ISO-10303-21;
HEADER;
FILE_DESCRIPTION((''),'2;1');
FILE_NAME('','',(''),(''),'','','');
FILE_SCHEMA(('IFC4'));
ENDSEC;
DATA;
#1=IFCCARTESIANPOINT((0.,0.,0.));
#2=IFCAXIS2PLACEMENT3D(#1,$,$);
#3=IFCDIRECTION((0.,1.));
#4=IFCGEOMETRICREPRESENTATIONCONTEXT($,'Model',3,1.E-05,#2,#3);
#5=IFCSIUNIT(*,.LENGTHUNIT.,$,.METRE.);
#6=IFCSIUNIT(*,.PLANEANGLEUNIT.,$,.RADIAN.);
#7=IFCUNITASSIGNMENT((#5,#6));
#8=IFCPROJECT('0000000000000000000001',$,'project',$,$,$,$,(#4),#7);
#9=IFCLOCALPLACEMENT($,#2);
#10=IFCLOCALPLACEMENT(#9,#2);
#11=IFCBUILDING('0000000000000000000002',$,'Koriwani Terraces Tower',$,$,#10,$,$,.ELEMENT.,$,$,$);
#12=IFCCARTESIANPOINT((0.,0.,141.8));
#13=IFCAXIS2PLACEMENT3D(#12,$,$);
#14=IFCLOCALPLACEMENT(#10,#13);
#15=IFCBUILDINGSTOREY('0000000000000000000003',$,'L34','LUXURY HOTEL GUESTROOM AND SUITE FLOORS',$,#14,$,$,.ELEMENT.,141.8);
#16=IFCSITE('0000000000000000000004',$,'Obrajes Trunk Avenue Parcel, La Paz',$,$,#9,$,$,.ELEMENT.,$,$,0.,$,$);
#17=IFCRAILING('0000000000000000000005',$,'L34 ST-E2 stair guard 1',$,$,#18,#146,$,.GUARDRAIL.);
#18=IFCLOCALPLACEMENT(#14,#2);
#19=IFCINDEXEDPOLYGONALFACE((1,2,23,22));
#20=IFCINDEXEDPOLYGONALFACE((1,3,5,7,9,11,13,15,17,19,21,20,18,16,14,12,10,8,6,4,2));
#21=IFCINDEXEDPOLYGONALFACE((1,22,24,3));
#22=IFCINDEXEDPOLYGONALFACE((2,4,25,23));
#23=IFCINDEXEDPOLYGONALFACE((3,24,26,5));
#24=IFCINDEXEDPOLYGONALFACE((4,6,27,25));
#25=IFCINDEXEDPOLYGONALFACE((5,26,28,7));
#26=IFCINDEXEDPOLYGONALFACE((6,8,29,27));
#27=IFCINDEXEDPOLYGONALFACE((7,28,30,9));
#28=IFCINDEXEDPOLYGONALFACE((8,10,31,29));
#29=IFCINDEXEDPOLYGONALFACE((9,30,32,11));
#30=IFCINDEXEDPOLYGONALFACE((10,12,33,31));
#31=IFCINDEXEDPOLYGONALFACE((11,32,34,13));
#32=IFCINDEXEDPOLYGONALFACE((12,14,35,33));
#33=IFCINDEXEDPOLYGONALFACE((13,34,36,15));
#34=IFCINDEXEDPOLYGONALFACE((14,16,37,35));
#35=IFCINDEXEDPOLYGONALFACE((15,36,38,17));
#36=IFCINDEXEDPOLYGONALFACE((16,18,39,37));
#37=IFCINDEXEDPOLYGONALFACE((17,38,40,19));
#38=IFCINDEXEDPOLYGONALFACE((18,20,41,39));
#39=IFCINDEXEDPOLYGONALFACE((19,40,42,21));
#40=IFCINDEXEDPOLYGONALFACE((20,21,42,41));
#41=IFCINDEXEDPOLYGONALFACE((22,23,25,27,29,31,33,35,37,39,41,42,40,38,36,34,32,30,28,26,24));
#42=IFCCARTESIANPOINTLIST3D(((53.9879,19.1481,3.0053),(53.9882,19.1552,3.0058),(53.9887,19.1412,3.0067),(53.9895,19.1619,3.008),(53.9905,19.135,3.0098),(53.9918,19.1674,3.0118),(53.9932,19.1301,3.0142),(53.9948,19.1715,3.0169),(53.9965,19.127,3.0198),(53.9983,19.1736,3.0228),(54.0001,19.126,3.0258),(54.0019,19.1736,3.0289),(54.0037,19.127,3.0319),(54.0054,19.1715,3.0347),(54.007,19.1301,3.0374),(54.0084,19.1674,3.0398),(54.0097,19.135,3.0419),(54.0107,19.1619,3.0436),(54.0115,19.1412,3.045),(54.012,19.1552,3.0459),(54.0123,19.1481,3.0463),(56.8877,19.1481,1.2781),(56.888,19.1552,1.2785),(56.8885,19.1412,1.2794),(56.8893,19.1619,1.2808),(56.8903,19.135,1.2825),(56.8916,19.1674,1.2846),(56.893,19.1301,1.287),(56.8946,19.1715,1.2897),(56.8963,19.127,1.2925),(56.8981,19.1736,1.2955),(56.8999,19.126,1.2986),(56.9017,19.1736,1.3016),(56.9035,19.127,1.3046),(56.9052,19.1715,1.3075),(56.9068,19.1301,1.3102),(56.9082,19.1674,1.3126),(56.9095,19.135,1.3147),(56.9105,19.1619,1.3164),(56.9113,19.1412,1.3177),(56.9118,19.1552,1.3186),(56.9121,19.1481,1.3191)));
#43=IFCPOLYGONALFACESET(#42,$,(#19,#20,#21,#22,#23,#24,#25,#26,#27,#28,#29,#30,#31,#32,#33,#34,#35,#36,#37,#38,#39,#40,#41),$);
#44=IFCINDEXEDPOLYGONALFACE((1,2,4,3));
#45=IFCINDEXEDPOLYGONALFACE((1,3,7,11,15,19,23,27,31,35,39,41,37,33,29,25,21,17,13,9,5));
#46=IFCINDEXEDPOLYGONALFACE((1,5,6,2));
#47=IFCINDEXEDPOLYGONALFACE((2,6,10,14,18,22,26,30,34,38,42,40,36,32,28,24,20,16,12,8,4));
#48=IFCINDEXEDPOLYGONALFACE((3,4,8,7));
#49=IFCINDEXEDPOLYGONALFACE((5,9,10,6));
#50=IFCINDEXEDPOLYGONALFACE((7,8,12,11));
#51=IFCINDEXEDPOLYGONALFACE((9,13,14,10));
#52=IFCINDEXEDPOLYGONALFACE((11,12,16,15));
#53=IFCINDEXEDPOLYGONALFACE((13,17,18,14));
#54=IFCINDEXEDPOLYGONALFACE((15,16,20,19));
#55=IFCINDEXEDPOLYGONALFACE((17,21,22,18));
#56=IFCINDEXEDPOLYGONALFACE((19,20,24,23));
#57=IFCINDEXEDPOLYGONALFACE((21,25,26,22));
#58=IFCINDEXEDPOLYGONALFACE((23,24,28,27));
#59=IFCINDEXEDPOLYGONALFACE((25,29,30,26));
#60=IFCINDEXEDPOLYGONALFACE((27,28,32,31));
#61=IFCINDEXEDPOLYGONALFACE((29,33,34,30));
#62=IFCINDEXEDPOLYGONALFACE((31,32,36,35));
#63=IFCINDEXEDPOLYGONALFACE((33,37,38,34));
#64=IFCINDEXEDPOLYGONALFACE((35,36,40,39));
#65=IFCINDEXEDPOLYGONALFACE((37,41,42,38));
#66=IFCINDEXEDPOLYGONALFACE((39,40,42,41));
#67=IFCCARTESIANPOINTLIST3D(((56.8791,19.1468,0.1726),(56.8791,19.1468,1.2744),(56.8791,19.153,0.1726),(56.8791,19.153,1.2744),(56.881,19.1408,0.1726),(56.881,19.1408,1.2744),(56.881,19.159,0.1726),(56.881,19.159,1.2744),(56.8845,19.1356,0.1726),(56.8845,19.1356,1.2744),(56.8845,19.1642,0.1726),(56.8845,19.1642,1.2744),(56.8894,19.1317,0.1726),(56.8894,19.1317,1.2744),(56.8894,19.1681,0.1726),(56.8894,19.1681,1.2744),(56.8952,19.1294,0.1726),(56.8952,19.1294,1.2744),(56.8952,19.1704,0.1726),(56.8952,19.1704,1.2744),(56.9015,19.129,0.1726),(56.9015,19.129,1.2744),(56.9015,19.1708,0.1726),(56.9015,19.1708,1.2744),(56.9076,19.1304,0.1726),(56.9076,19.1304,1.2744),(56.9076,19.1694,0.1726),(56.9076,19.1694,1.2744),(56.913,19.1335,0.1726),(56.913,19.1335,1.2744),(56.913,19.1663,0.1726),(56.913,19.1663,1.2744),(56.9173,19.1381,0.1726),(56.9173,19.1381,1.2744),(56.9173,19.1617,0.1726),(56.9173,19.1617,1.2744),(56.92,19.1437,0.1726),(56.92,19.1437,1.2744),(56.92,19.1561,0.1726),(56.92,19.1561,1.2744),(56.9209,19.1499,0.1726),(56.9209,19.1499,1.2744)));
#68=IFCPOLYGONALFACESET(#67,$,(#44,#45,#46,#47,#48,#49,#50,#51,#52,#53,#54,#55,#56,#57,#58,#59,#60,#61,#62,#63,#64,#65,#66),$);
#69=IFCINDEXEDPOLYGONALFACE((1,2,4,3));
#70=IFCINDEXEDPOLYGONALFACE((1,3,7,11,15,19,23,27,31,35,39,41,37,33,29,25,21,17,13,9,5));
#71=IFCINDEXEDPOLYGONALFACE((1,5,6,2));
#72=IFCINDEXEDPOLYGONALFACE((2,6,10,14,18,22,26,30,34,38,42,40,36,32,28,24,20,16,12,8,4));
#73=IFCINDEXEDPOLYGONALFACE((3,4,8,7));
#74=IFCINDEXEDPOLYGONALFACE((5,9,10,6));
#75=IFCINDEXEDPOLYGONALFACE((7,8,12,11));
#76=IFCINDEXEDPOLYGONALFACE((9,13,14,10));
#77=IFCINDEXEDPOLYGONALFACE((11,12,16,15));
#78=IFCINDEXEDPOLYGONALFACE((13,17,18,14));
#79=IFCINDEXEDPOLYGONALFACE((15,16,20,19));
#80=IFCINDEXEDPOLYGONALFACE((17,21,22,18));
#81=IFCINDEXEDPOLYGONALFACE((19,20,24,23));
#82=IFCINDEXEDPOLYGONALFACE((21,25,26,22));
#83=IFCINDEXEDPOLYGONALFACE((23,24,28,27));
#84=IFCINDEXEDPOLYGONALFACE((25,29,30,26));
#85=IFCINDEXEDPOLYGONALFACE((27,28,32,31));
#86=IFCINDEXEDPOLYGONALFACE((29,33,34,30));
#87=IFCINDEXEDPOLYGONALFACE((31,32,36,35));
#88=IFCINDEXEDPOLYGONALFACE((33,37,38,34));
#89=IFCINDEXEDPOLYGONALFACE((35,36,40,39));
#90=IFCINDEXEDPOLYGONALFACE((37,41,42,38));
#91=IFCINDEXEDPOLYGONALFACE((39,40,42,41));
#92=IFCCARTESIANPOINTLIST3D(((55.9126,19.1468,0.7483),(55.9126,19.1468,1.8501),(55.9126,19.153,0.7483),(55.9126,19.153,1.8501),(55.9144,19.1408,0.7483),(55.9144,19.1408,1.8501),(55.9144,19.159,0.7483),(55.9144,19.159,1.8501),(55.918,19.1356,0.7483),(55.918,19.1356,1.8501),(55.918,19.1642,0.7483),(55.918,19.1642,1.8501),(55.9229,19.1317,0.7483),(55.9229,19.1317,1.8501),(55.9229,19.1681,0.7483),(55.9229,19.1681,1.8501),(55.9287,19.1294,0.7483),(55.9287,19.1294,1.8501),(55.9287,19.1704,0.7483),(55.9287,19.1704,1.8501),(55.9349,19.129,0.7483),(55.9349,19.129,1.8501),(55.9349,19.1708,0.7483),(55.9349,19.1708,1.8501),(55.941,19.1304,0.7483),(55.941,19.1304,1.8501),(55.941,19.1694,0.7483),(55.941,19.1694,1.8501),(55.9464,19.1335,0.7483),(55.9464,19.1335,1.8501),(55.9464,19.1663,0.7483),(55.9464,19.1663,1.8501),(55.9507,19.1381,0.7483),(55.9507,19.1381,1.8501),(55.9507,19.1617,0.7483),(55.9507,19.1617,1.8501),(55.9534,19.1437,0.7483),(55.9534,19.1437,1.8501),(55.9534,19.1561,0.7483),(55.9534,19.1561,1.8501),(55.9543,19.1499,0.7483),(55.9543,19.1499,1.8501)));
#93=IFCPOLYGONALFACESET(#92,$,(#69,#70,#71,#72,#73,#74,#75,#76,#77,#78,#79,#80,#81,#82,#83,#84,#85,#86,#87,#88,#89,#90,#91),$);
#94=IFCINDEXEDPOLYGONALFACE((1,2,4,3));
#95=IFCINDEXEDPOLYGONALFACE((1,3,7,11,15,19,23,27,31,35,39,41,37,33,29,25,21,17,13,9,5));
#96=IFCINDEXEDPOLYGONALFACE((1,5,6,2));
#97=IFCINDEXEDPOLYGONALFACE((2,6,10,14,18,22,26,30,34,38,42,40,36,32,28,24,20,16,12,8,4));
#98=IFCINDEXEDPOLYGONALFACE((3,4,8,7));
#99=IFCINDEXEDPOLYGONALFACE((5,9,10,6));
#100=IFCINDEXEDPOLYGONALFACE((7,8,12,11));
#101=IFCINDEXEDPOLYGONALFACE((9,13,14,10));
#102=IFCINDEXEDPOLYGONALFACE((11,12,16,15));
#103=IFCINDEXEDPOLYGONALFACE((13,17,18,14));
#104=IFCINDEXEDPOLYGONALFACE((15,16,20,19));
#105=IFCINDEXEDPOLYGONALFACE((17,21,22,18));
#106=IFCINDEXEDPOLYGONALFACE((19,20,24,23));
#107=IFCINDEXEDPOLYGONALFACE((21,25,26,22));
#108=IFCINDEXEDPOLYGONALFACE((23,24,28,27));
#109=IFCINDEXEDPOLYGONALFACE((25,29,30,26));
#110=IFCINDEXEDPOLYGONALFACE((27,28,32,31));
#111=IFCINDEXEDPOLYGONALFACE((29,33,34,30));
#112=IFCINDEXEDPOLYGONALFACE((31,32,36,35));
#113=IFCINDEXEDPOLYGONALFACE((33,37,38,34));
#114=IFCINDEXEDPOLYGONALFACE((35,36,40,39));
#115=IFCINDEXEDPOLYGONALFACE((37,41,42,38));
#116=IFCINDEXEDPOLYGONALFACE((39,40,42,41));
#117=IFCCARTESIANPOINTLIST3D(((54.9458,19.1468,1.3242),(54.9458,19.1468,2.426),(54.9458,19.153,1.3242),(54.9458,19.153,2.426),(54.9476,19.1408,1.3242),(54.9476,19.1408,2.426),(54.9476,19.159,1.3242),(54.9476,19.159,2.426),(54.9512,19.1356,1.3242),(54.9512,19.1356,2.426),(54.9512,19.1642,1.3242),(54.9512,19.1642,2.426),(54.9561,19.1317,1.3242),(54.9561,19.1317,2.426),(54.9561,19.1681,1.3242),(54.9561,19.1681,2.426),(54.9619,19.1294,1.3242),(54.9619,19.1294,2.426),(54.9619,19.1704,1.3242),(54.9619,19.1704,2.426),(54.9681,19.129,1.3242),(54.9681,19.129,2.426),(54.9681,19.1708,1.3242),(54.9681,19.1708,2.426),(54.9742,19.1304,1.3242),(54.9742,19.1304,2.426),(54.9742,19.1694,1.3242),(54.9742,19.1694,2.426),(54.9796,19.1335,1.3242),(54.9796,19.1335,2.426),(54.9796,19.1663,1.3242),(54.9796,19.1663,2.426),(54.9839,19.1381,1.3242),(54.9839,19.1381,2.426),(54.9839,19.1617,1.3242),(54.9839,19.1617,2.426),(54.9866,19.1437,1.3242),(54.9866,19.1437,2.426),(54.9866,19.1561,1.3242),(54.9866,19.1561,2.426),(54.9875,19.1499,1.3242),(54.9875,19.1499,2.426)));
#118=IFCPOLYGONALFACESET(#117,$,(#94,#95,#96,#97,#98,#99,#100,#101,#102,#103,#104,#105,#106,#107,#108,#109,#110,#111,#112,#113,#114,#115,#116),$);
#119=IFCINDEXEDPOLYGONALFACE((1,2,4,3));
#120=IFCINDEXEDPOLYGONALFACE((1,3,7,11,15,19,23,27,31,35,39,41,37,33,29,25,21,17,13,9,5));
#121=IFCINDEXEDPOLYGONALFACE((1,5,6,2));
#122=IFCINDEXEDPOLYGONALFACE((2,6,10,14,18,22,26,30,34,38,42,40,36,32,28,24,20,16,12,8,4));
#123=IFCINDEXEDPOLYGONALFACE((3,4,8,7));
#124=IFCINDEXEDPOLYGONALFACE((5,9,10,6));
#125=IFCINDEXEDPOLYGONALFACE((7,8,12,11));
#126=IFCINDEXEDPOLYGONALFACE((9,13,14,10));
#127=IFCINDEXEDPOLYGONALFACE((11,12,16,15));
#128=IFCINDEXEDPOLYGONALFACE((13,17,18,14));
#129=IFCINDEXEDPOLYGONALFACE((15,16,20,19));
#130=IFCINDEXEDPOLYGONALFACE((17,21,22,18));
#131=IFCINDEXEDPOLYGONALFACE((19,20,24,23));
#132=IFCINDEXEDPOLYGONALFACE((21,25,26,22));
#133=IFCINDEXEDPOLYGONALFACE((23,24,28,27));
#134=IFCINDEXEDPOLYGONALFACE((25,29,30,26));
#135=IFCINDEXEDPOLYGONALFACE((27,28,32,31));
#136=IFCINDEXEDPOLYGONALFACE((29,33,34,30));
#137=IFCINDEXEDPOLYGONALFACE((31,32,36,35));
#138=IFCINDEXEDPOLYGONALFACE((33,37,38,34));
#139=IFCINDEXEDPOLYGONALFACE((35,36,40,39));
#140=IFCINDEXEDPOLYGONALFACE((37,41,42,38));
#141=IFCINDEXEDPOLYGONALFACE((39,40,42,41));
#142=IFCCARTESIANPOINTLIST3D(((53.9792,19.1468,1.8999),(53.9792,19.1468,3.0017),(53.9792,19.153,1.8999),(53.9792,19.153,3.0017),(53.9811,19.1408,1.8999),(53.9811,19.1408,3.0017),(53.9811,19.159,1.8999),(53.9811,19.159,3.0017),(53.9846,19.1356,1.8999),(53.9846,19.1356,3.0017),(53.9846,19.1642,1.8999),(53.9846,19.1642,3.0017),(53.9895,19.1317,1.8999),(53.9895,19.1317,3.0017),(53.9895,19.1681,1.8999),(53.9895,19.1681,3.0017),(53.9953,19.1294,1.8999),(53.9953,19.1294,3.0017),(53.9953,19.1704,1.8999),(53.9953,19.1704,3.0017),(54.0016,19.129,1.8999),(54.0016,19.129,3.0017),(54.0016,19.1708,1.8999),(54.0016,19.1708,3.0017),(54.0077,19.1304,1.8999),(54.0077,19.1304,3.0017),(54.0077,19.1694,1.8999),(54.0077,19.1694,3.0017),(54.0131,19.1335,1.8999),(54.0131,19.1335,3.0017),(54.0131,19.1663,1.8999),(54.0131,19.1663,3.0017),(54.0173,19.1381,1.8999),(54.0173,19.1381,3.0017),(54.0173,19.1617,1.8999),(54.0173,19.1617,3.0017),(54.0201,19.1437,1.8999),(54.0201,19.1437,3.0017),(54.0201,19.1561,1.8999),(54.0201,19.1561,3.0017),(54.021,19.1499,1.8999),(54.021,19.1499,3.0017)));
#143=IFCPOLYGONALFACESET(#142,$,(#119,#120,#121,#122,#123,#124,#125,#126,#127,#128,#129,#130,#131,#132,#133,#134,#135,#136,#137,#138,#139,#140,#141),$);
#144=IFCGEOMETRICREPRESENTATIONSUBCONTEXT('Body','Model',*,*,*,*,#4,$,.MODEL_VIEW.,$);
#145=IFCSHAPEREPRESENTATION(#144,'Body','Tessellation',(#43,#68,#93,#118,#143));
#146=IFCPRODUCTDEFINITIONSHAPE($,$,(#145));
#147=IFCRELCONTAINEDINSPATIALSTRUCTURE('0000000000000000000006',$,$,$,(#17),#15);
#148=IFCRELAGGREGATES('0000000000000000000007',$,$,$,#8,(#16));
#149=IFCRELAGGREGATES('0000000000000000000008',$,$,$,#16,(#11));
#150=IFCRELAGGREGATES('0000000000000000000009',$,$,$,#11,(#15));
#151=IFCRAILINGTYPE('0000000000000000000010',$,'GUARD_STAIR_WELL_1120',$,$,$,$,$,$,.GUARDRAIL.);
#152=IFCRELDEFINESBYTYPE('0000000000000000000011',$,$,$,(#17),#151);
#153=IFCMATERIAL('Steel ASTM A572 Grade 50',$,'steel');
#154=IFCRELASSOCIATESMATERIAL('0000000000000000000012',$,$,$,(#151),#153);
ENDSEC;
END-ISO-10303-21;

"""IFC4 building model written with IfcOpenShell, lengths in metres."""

from ifc_helpers import new_model, si_unit, direction, frame, origin, origin_2d, place, context, subcontext, project, spatial, circle, extrude, material, type_object, element, save


model = new_model("IFC4")

# Units and contexts
model_context = context("Model", 3, precision=1e-05, world=origin(), true_north=direction((0.0, 1.0)))
body_context = subcontext(model_context, "Body", "Model", "MODEL_VIEW")
ifc_project = project(units=[si_unit("LENGTHUNIT", "METRE"), si_unit("PLANEANGLEUNIT", "RADIAN")], contexts=[model_context])

# Site, building, storey
site_placement = place(None, origin())
site = spatial("IfcSite", under=ifc_project, at=site_placement, Name="Obrajes Trunk Avenue Parcel, La Paz", CompositionType="ELEMENT", RefElevation=0.0)
building_placement = place(site_placement, origin())
building = spatial("IfcBuilding", under=site, at=building_placement, Name="Koriwani Terraces Tower", CompositionType="ELEMENT")
storey_placement = place(building_placement, frame((0.0, 0.0, 141.8)))
storey = spatial("IfcBuildingStorey", under=building, at=storey_placement, Name="L34", Description="LUXURY HOTEL GUESTROOM AND SUITE FLOORS", CompositionType="ELEMENT", Elevation=141.8)

# Shared definitions
ifc_material_1 = material(Name="Steel ASTM A572 Grade 50", Category="steel")

# Railing
railing_type_1 = type_object("IfcRailingType", Name="GUARD_STAIR_WELL_1120", PredefinedType="GUARDRAIL", material=ifc_material_1)
railing_1_placement = place(storey_placement, frame((56.8999, 19.1499, 0.1726)))
element("IfcRailing", 1, at=railing_1_placement, inside=storey, type_object=railing_type_1, Name="L34 ST-E2 stair guard 1", PredefinedType="GUARDRAIL", context=body_context, shape_type="SweptSolid", body=[
    extrude(circle(Radius=0.0239, at=origin_2d()), frame((0.0, 0.0, 1.126), z_axis=(-0.859141, 0.0, 0.511738), x_axis=(0.0, -1.0, 0.0)), (0.0, 0.0, 1.0), 3.3752),
    extrude(circle(Radius=0.021, at=origin_2d()), origin(), (0.0, 0.0, 1.0), 1.1018),
    extrude(circle(Radius=0.021, at=origin_2d()), frame((-0.9666, 0.0, 0.5757)), (0.0, 0.0, 1.0), 1.1018),
    extrude(circle(Radius=0.021, at=origin_2d()), frame((-1.9333, 0.0, 1.1516)), (0.0, 0.0, 1.0), 1.1018),
    extrude(circle(Radius=0.021, at=origin_2d()), frame((-2.8999, 0.0, 1.7273)), (0.0, 0.0, 1.0), 1.1018),
])

save(model, "model.ifc")
